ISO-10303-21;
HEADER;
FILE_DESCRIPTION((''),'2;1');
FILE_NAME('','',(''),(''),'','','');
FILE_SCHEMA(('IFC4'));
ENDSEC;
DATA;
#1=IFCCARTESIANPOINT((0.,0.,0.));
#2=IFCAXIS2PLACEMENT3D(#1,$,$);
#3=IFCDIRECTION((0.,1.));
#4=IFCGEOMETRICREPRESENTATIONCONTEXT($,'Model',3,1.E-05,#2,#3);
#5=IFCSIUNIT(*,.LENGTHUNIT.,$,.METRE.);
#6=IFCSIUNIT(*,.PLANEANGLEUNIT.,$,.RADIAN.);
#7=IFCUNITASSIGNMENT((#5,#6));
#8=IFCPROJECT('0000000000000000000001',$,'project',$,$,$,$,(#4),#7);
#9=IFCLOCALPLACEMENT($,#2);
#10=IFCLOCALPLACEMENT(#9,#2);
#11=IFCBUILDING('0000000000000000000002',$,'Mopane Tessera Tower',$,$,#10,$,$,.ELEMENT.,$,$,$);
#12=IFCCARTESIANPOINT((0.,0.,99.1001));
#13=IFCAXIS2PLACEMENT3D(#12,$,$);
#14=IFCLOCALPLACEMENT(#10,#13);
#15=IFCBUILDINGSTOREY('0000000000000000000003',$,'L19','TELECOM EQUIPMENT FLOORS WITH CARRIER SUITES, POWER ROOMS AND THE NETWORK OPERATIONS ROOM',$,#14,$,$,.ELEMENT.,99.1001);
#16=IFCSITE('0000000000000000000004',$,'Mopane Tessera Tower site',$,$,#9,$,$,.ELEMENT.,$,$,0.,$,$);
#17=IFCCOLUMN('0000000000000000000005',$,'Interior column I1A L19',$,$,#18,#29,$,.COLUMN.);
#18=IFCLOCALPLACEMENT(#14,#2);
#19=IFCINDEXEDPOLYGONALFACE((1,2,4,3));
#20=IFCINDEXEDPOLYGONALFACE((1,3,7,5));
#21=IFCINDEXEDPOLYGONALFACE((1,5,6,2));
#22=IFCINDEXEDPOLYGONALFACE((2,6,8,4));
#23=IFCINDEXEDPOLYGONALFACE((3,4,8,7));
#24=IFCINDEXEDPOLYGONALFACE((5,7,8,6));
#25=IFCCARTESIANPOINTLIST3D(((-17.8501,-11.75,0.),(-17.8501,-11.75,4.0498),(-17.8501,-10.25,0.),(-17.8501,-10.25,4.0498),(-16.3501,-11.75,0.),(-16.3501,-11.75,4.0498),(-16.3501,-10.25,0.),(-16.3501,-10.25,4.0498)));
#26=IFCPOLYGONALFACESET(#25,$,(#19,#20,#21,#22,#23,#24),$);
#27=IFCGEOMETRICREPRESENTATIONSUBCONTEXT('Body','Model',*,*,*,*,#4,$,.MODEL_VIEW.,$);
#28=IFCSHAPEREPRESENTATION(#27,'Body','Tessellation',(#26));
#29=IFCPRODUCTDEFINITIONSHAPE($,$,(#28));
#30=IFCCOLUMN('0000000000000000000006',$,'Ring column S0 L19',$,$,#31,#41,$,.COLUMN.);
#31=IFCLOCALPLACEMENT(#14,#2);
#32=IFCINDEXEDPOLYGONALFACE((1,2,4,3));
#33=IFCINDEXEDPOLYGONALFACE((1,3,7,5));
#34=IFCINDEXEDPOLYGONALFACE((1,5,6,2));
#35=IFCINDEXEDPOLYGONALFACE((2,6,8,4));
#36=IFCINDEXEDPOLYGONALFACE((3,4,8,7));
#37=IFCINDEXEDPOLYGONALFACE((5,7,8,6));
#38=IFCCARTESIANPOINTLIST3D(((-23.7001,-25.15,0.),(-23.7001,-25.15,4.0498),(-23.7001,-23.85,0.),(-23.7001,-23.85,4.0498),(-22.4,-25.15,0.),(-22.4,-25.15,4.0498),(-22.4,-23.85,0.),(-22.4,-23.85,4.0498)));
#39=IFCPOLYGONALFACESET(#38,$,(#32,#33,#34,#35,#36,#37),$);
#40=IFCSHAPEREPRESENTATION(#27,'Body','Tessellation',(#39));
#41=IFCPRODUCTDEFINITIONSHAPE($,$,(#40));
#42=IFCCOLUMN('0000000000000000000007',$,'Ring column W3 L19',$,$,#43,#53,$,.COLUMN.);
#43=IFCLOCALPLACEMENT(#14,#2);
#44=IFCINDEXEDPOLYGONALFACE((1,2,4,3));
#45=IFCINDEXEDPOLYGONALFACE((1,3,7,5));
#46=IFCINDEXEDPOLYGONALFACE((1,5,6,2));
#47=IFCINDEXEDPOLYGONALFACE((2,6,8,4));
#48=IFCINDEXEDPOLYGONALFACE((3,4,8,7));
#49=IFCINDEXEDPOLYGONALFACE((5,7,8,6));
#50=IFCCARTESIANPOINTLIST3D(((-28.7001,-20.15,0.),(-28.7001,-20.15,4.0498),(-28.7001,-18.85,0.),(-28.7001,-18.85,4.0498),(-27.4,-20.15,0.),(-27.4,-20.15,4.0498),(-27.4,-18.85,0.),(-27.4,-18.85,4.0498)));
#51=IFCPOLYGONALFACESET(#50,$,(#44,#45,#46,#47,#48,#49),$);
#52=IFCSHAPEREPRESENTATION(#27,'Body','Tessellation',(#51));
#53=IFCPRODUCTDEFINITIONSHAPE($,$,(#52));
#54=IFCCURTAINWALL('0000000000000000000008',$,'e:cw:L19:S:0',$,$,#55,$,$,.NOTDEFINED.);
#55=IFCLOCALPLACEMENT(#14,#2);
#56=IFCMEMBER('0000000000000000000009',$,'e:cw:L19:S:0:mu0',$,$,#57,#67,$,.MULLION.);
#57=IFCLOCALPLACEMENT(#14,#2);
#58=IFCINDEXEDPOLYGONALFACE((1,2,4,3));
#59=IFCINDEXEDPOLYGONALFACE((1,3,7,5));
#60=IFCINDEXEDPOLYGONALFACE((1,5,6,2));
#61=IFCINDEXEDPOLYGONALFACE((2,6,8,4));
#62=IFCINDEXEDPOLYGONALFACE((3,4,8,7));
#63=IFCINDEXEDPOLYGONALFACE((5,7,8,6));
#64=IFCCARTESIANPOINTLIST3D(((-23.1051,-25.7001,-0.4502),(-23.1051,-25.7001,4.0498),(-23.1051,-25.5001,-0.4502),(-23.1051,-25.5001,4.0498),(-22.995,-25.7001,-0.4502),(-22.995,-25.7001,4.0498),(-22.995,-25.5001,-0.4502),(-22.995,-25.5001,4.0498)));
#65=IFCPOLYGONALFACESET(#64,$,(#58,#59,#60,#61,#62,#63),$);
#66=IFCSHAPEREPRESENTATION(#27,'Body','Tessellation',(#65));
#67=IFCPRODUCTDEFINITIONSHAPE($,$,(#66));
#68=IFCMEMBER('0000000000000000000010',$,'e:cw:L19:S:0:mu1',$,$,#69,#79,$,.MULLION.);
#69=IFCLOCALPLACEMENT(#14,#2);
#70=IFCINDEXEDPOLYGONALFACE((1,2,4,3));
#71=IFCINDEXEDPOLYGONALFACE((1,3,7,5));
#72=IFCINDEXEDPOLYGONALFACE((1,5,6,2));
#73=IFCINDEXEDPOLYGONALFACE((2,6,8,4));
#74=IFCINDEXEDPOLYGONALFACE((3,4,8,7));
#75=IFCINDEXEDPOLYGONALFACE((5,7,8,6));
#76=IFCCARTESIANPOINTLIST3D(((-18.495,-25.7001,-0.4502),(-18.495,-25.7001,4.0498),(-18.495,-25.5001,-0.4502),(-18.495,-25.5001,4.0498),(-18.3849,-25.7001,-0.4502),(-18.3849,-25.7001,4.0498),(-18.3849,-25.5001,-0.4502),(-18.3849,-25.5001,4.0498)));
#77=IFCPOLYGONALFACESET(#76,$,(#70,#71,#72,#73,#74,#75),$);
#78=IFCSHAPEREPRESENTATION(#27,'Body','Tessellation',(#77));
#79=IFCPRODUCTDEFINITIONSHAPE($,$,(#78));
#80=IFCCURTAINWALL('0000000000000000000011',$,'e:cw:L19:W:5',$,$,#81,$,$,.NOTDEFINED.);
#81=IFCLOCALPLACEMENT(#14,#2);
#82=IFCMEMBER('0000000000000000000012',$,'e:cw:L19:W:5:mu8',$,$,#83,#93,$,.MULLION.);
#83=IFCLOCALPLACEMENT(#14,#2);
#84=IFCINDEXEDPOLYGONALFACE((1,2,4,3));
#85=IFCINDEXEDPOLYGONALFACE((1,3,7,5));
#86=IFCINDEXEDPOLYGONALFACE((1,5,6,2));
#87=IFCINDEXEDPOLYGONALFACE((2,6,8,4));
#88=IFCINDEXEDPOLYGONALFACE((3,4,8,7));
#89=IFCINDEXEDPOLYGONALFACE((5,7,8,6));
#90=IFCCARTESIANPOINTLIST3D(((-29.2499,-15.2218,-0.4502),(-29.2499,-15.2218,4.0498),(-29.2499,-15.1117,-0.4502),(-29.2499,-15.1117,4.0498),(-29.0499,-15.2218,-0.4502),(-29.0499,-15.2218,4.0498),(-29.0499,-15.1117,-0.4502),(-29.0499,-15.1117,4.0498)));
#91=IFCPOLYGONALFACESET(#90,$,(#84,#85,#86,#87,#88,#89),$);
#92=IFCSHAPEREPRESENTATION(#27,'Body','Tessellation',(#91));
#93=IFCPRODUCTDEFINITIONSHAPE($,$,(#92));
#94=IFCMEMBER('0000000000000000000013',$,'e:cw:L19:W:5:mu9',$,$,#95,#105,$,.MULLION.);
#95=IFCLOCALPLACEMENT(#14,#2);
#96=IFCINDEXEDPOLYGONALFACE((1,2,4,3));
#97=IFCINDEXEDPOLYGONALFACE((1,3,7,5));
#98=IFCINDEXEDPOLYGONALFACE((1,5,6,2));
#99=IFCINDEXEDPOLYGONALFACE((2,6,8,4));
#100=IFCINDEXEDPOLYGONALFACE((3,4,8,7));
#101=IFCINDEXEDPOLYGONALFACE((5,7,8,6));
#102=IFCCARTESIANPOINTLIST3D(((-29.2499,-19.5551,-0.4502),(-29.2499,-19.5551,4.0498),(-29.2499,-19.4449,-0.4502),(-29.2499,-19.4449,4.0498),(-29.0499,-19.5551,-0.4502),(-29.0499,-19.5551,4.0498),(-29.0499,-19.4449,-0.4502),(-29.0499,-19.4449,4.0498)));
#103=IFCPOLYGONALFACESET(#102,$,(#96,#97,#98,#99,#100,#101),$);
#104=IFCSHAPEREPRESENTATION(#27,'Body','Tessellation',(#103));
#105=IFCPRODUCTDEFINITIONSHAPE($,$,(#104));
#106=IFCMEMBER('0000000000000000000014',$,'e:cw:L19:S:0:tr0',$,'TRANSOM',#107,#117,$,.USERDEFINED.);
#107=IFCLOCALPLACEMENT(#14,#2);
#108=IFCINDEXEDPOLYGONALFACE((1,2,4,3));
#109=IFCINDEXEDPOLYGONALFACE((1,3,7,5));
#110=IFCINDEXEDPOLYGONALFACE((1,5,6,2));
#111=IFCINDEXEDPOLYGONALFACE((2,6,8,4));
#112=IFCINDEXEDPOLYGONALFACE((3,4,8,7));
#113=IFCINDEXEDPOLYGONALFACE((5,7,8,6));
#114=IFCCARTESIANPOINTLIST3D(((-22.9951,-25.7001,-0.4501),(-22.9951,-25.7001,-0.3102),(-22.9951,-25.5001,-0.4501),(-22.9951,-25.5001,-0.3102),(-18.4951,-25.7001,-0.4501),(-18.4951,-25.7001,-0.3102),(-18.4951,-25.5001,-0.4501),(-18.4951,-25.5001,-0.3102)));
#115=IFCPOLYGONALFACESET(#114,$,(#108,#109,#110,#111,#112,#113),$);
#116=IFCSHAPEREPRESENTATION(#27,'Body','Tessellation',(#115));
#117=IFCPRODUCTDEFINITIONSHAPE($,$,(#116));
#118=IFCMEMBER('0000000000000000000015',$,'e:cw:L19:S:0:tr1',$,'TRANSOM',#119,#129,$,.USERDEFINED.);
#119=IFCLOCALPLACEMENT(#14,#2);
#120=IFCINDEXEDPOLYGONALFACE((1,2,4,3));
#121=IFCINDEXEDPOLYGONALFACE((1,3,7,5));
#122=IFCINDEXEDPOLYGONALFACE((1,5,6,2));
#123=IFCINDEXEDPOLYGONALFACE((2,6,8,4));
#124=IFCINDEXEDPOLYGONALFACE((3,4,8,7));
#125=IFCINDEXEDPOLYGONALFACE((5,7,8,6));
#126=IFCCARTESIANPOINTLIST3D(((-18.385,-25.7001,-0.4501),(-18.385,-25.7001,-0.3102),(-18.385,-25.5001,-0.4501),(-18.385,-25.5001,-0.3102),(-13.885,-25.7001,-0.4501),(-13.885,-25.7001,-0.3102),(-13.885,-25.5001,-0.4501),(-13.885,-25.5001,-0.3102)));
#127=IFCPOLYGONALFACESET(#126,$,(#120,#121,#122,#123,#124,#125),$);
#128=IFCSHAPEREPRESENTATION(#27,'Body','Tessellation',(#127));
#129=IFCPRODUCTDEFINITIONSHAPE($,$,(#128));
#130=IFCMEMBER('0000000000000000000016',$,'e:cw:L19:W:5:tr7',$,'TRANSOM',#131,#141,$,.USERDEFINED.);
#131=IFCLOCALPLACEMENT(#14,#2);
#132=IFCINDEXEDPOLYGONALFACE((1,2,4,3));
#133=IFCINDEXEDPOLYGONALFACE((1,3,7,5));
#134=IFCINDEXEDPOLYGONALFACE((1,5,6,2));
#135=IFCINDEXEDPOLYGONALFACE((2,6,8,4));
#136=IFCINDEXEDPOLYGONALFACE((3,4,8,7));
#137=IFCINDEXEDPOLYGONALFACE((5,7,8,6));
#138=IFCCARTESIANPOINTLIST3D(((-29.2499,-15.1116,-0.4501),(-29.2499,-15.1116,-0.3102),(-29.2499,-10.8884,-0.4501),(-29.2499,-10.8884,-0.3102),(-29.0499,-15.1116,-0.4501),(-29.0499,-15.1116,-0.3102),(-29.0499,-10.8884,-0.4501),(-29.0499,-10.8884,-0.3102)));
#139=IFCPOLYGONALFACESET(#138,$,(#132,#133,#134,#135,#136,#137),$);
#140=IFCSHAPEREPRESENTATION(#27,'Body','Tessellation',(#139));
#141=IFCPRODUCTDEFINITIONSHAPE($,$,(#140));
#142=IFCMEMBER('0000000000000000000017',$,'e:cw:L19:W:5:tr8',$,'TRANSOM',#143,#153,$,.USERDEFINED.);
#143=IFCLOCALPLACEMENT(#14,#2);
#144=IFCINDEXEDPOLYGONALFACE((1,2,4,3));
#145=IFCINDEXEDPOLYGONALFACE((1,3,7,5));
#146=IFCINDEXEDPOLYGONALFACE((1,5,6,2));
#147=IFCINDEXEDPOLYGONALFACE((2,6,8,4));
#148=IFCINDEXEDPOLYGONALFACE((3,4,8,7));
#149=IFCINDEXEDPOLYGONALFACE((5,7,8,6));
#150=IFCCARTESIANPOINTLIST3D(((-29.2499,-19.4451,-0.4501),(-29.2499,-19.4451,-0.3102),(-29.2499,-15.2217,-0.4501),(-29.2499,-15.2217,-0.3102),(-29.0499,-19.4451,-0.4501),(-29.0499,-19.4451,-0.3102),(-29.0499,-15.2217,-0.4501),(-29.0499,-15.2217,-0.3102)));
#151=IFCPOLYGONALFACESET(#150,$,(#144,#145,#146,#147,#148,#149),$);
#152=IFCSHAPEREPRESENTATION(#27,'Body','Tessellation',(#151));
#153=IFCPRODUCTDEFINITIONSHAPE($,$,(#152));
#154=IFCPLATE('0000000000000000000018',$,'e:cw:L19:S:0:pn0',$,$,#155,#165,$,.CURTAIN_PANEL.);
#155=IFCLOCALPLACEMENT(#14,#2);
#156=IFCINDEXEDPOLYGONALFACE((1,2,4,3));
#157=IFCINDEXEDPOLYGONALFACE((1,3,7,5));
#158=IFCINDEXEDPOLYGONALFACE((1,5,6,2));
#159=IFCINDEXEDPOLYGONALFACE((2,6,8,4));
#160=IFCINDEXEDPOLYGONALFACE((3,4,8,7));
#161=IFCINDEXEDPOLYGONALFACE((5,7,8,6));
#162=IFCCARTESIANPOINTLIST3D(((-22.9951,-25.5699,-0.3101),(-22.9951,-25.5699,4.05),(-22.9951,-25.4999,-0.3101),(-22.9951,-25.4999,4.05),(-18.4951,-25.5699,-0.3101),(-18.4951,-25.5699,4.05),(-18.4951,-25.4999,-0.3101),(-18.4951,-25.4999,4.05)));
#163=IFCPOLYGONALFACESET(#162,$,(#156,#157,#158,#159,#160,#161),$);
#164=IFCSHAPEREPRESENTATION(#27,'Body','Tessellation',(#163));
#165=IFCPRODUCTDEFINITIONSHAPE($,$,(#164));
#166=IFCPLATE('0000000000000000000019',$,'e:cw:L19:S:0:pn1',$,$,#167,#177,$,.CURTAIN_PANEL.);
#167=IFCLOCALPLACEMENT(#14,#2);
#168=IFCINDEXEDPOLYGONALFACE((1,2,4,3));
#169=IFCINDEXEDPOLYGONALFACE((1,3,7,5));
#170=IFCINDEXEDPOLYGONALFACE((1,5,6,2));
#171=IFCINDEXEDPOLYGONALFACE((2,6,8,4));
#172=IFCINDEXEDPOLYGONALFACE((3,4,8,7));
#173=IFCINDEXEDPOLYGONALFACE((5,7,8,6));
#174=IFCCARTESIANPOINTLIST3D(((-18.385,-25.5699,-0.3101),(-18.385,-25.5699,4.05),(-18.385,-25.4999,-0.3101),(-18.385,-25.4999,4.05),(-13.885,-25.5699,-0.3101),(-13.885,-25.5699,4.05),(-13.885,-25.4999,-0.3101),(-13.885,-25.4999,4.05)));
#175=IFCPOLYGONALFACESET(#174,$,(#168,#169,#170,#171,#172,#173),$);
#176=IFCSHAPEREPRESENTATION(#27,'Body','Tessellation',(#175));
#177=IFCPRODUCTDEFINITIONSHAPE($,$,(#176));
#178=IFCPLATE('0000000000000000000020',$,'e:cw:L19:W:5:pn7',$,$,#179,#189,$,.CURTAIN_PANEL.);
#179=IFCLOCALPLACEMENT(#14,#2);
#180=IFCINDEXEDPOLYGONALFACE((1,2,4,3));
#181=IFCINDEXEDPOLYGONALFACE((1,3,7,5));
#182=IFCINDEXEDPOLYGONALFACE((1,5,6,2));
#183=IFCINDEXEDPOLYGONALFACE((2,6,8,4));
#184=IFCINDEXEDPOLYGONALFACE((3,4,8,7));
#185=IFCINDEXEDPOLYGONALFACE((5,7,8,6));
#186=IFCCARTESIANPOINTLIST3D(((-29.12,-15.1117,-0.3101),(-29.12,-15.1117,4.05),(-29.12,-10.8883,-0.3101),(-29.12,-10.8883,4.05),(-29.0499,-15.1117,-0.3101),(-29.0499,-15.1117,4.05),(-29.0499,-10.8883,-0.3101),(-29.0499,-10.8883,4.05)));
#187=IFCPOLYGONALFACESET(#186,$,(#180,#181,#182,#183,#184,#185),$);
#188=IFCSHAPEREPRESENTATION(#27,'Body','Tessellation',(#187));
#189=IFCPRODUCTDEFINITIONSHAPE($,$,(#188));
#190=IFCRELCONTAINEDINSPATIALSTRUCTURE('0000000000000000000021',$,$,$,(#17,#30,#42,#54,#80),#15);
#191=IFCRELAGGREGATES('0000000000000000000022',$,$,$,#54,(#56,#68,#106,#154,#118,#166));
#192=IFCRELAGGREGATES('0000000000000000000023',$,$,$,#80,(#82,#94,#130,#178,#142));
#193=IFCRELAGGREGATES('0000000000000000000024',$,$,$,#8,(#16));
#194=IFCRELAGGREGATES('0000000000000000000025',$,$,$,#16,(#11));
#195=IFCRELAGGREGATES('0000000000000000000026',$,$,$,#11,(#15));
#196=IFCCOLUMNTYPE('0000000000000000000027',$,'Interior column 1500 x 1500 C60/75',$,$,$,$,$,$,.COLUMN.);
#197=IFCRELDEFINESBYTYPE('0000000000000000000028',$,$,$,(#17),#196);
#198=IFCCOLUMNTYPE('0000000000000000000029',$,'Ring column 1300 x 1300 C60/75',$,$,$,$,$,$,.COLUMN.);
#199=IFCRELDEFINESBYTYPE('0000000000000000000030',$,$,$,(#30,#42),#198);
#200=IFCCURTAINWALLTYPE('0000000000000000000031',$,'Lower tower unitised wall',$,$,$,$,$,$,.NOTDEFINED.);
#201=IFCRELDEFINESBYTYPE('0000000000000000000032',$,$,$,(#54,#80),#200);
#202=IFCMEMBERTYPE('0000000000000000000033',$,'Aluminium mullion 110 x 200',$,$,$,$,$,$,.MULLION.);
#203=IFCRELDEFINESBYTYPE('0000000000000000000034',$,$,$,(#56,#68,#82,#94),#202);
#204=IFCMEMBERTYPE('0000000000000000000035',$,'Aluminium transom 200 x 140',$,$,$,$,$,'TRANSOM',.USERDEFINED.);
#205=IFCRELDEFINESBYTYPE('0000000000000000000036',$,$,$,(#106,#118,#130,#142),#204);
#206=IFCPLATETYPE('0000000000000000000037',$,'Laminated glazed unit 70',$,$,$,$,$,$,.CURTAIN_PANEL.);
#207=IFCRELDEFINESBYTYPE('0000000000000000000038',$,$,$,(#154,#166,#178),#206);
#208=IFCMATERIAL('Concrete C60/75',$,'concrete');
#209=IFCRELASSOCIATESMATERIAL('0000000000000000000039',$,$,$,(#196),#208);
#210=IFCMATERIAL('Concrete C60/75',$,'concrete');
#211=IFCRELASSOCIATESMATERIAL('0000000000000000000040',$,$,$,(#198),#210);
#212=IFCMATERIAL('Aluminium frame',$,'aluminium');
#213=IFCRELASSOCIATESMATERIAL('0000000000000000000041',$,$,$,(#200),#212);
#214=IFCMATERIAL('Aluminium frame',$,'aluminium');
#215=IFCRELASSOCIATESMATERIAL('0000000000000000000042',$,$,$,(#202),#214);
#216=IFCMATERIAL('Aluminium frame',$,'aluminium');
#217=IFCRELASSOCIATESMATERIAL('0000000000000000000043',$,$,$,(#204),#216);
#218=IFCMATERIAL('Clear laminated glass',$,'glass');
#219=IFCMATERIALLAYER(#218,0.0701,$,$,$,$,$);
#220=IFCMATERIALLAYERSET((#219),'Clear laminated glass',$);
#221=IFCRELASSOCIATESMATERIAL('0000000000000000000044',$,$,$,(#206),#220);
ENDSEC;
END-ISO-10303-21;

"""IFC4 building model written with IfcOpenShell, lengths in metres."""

from ifc_helpers import new_model, si_unit, direction, frame, origin, origin_2d, place, context, subcontext, project, spatial, rectangle, extrude, material, layer, layer_set, material_profile, profile_set, type_object, element, aggregate, save


model = new_model("IFC4")

# Units and contexts
model_context = context("Model", 3, precision=1e-05, world=origin(), true_north=direction((0.0, 1.0)))
body_context = subcontext(model_context, "Body", "Model", "MODEL_VIEW")
ifc_project = project(units=[si_unit("LENGTHUNIT", "METRE"), si_unit("PLANEANGLEUNIT", "RADIAN")], contexts=[model_context])

# Site, building, storey
site_placement = place(None, origin())
site = spatial("IfcSite", under=ifc_project, at=site_placement, Name="Mopane Tessera Tower site", CompositionType="ELEMENT", RefElevation=0.0)
building_placement = place(site_placement, origin())
building = spatial("IfcBuilding", under=site, at=building_placement, Name="Mopane Tessera Tower", CompositionType="ELEMENT")
storey_placement = place(building_placement, frame((0.0, 0.0, 99.1001)))
storey = spatial("IfcBuildingStorey", under=building, at=storey_placement, Name="L19", Description="TELECOM EQUIPMENT FLOORS WITH CARRIER SUITES, POWER ROOMS AND THE NETWORK OPERATIONS ROOM", CompositionType="ELEMENT", Elevation=99.1001)

# Columns
ifc_material_1 = material(Name="Concrete C60/75", Category="concrete")
ifc_material_profile_1 = material_profile(ifc_material_1, rectangle(XDim=1.5, YDim=1.5, at=origin_2d()))
ifc_profile_set_1 = profile_set([ifc_material_profile_1], Name="Concrete C60/75")
column_type_1 = type_object("IfcColumnType", Name="Interior column 1500 x 1500 C60/75", PredefinedType="COLUMN", material=ifc_profile_set_1)
column_placement = place(storey_placement, frame((-17.1001, -11.0, 0.0), z_axis=(0.0, 0.0, 1.0), x_axis=(1.0, 0.0, 0.0)))
element("IfcColumn", 1, at=column_placement, inside=storey, type_object=column_type_1, Name="Interior column I1A L19", PredefinedType="COLUMN", context=body_context, shape_type="SweptSolid", body=[
    extrude(rectangle(XDim=1.5, YDim=1.5, at=origin_2d()), origin(), (0.0, 0.0, 1.0), 4.0498),
])
ifc_material_2 = material(Name="Concrete C60/75", Category="concrete")
ifc_material_profile_2 = material_profile(ifc_material_2, rectangle(XDim=1.3, YDim=1.3, at=origin_2d()))
ifc_profile_set_2 = profile_set([ifc_material_profile_2], Name="Concrete C60/75")
column_type_2 = type_object("IfcColumnType", Name="Ring column 1300 x 1300 C60/75", PredefinedType="COLUMN", material=ifc_profile_set_2)
for number, where, z_axis, x_axis, name in (
    (2, (-23.05, -24.5, 0.0), (0.0, 0.0, 1.0), (1.0, 0.0, 0.0), "Ring column S0 L19"),
    (3, (-28.05, -19.5, 0.0), (0.0, 0.0, 1.0), (1.0, 0.0, 0.0), "Ring column W3 L19"),
):
    element("IfcColumn", number, at=place(storey_placement, frame(where, z_axis=z_axis, x_axis=x_axis)), inside=storey, type_object=column_type_2, Name=name, PredefinedType="COLUMN", context=body_context, shape_type="SweptSolid", body=[
        extrude(rectangle(XDim=1.3, YDim=1.3, at=origin_2d()), origin(), (0.0, 0.0, 1.0), 4.0498),
    ])

# Curtain walls, members
ifc_material_3 = material(Name="Aluminium frame", Category="aluminium")
curtain_wall_type = type_object("IfcCurtainWallType", Name="Lower tower unitised wall", PredefinedType="NOTDEFINED", material=ifc_material_3)
curtain_wall_1_placement = place(storey_placement, origin())
curtain_wall_1 = element("IfcCurtainWall", 4, at=curtain_wall_1_placement, inside=storey, type_object=curtain_wall_type, Name="e:cw:L19:S:0", PredefinedType="NOTDEFINED")
ifc_material_4 = material(Name="Aluminium frame", Category="aluminium")
ifc_material_profile_3 = material_profile(ifc_material_4, rectangle(XDim=0.1101, YDim=0.2, at=origin_2d()))
ifc_profile_set_3 = profile_set([ifc_material_profile_3], Name="Aluminium frame")
member_type_1 = type_object("IfcMemberType", Name="Aluminium mullion 110 x 200", PredefinedType="MULLION", material=ifc_profile_set_3)
member_1_placement = place(storey_placement, frame((-23.05, -25.6001, -0.4502), z_axis=(0.0, 0.0, 1.0), x_axis=(1.0, 0.0, 0.0)))
member_1 = element("IfcMember", 5, at=member_1_placement, type_object=member_type_1, Name="e:cw:L19:S:0:mu0", PredefinedType="MULLION", context=body_context, shape_type="SweptSolid", body=[
    extrude(rectangle(XDim=0.1101, YDim=0.2, at=origin_2d()), origin(), (0.0, 0.0, 1.0), 4.5),
])
member_2_placement = place(storey_placement, frame((-18.4399, -25.6001, -0.4502), z_axis=(0.0, 0.0, 1.0), x_axis=(1.0, 0.0, 0.0)))
member_2 = element("IfcMember", 6, at=member_2_placement, type_object=member_type_1, Name="e:cw:L19:S:0:mu1", PredefinedType="MULLION", context=body_context, shape_type="SweptSolid", body=[
    extrude(rectangle(XDim=0.1101, YDim=0.2, at=origin_2d()), origin(), (0.0, 0.0, 1.0), 4.5),
])
curtain_wall_2_placement = place(storey_placement, origin())
curtain_wall_2 = element("IfcCurtainWall", 7, at=curtain_wall_2_placement, inside=storey, type_object=curtain_wall_type, Name="e:cw:L19:W:5", PredefinedType="NOTDEFINED")
member_3_placement = place(storey_placement, frame((-29.1499, -15.1667, -0.4502), z_axis=(0.0, 0.0, 1.0), x_axis=(0.0, -1.0, 0.0)))
member_3 = element("IfcMember", 8, at=member_3_placement, type_object=member_type_1, Name="e:cw:L19:W:5:mu8", PredefinedType="MULLION", context=body_context, shape_type="SweptSolid", body=[
    extrude(rectangle(XDim=0.1101, YDim=0.2, at=origin_2d()), origin(), (0.0, 0.0, 1.0), 4.5),
])
member_4_placement = place(storey_placement, frame((-29.1499, -19.5, -0.4502), z_axis=(0.0, 0.0, 1.0), x_axis=(0.0, -1.0, 0.0)))
member_4 = element("IfcMember", 9, at=member_4_placement, type_object=member_type_1, Name="e:cw:L19:W:5:mu9", PredefinedType="MULLION", context=body_context, shape_type="SweptSolid", body=[
    extrude(rectangle(XDim=0.1101, YDim=0.2, at=origin_2d()), origin(), (0.0, 0.0, 1.0), 4.5),
])

# Members
ifc_material_5 = material(Name="Aluminium frame", Category="aluminium")
ifc_material_profile_4 = material_profile(ifc_material_5, rectangle(XDim=0.2, YDim=0.1399, at=origin_2d()))
ifc_profile_set_4 = profile_set([ifc_material_profile_4], Name="Aluminium frame")
member_type_2 = type_object("IfcMemberType", Name="Aluminium transom 200 x 140", ElementType="TRANSOM", PredefinedType="USERDEFINED", material=ifc_profile_set_4)
member_5_placement = place(storey_placement, frame((-22.9951, -25.6001, -0.3801), z_axis=(1.0, 0.0, 0.0), x_axis=(0.0, 1.0, 0.0)))
member_5 = element("IfcMember", 10, at=member_5_placement, type_object=member_type_2, Name="e:cw:L19:S:0:tr0", ObjectType="TRANSOM", PredefinedType="USERDEFINED", context=body_context, shape_type="SweptSolid", body=[
    extrude(rectangle(XDim=0.2, YDim=0.1399, at=origin_2d()), origin(), (0.0, 0.0, 1.0), 4.5),
])
member_6_placement = place(storey_placement, frame((-18.385, -25.6001, -0.3801), z_axis=(1.0, 0.0, 0.0), x_axis=(0.0, 1.0, 0.0)))
member_6 = element("IfcMember", 11, at=member_6_placement, type_object=member_type_2, Name="e:cw:L19:S:0:tr1", ObjectType="TRANSOM", PredefinedType="USERDEFINED", context=body_context, shape_type="SweptSolid", body=[
    extrude(rectangle(XDim=0.2, YDim=0.1399, at=origin_2d()), origin(), (0.0, 0.0, 1.0), 4.5),
])
member_7_placement = place(storey_placement, frame((-29.1499, -10.8884, -0.3801), z_axis=(0.0, -1.0, 0.0), x_axis=(1.0, 0.0, 0.0)))
member_7 = element("IfcMember", 12, at=member_7_placement, type_object=member_type_2, Name="e:cw:L19:W:5:tr7", ObjectType="TRANSOM", PredefinedType="USERDEFINED", context=body_context, shape_type="SweptSolid", body=[
    extrude(rectangle(XDim=0.2, YDim=0.1399, at=origin_2d()), origin(), (0.0, 0.0, 1.0), 4.2231),
])
member_8_placement = place(storey_placement, frame((-29.1499, -15.2217, -0.3801), z_axis=(0.0, -1.0, 0.0), x_axis=(1.0, 0.0, 0.0)))
member_8 = element("IfcMember", 13, at=member_8_placement, type_object=member_type_2, Name="e:cw:L19:W:5:tr8", ObjectType="TRANSOM", PredefinedType="USERDEFINED", context=body_context, shape_type="SweptSolid", body=[
    extrude(rectangle(XDim=0.2, YDim=0.1399, at=origin_2d()), origin(), (0.0, 0.0, 1.0), 4.2234),
])

# Plates
ifc_material_6 = material(Name="Clear laminated glass", Category="glass")
ifc_layer_1 = layer(ifc_material_6, 0.0701)
ifc_layer_set_1 = layer_set([ifc_layer_1], Name="Clear laminated glass")
plate_type = type_object("IfcPlateType", Name="Laminated glazed unit 70", PredefinedType="CURTAIN_PANEL", material=ifc_layer_set_1)
plate_1_placement = place(storey_placement, frame((-20.7451, -25.5349, -0.3101), z_axis=(0.0, 0.0, 1.0), x_axis=(1.0, 0.0, 0.0)))
plate_1 = element("IfcPlate", 14, at=plate_1_placement, type_object=plate_type, Name="e:cw:L19:S:0:pn0", PredefinedType="CURTAIN_PANEL", context=body_context, shape_type="SweptSolid", body=[
    extrude(rectangle(XDim=4.5, YDim=0.0701, at=origin_2d()), origin(), (0.0, 0.0, 1.0), 4.3601),
])
plate_2_placement = place(storey_placement, frame((-16.135, -25.5349, -0.3101), z_axis=(0.0, 0.0, 1.0), x_axis=(1.0, 0.0, 0.0)))
plate_2 = element("IfcPlate", 15, at=plate_2_placement, type_object=plate_type, Name="e:cw:L19:S:0:pn1", PredefinedType="CURTAIN_PANEL", context=body_context, shape_type="SweptSolid", body=[
    extrude(rectangle(XDim=4.5, YDim=0.0701, at=origin_2d()), origin(), (0.0, 0.0, 1.0), 4.3601),
])
aggregate(curtain_wall_1, [member_1, member_2, member_5, plate_1, member_6, plate_2])
plate_3_placement = place(storey_placement, frame((-29.085, -13.0, -0.3101), z_axis=(0.0, 0.0, 1.0), x_axis=(0.0, -1.0, 0.0)))
plate_3 = element("IfcPlate", 16, at=plate_3_placement, type_object=plate_type, Name="e:cw:L19:W:5:pn7", PredefinedType="CURTAIN_PANEL", context=body_context, shape_type="SweptSolid", body=[
    extrude(rectangle(XDim=4.2234, YDim=0.0701, at=origin_2d()), origin(), (0.0, 0.0, 1.0), 4.3601),
])
aggregate(curtain_wall_2, [member_3, member_4, member_7, plate_3, member_8])

save(model, "model.ifc")
